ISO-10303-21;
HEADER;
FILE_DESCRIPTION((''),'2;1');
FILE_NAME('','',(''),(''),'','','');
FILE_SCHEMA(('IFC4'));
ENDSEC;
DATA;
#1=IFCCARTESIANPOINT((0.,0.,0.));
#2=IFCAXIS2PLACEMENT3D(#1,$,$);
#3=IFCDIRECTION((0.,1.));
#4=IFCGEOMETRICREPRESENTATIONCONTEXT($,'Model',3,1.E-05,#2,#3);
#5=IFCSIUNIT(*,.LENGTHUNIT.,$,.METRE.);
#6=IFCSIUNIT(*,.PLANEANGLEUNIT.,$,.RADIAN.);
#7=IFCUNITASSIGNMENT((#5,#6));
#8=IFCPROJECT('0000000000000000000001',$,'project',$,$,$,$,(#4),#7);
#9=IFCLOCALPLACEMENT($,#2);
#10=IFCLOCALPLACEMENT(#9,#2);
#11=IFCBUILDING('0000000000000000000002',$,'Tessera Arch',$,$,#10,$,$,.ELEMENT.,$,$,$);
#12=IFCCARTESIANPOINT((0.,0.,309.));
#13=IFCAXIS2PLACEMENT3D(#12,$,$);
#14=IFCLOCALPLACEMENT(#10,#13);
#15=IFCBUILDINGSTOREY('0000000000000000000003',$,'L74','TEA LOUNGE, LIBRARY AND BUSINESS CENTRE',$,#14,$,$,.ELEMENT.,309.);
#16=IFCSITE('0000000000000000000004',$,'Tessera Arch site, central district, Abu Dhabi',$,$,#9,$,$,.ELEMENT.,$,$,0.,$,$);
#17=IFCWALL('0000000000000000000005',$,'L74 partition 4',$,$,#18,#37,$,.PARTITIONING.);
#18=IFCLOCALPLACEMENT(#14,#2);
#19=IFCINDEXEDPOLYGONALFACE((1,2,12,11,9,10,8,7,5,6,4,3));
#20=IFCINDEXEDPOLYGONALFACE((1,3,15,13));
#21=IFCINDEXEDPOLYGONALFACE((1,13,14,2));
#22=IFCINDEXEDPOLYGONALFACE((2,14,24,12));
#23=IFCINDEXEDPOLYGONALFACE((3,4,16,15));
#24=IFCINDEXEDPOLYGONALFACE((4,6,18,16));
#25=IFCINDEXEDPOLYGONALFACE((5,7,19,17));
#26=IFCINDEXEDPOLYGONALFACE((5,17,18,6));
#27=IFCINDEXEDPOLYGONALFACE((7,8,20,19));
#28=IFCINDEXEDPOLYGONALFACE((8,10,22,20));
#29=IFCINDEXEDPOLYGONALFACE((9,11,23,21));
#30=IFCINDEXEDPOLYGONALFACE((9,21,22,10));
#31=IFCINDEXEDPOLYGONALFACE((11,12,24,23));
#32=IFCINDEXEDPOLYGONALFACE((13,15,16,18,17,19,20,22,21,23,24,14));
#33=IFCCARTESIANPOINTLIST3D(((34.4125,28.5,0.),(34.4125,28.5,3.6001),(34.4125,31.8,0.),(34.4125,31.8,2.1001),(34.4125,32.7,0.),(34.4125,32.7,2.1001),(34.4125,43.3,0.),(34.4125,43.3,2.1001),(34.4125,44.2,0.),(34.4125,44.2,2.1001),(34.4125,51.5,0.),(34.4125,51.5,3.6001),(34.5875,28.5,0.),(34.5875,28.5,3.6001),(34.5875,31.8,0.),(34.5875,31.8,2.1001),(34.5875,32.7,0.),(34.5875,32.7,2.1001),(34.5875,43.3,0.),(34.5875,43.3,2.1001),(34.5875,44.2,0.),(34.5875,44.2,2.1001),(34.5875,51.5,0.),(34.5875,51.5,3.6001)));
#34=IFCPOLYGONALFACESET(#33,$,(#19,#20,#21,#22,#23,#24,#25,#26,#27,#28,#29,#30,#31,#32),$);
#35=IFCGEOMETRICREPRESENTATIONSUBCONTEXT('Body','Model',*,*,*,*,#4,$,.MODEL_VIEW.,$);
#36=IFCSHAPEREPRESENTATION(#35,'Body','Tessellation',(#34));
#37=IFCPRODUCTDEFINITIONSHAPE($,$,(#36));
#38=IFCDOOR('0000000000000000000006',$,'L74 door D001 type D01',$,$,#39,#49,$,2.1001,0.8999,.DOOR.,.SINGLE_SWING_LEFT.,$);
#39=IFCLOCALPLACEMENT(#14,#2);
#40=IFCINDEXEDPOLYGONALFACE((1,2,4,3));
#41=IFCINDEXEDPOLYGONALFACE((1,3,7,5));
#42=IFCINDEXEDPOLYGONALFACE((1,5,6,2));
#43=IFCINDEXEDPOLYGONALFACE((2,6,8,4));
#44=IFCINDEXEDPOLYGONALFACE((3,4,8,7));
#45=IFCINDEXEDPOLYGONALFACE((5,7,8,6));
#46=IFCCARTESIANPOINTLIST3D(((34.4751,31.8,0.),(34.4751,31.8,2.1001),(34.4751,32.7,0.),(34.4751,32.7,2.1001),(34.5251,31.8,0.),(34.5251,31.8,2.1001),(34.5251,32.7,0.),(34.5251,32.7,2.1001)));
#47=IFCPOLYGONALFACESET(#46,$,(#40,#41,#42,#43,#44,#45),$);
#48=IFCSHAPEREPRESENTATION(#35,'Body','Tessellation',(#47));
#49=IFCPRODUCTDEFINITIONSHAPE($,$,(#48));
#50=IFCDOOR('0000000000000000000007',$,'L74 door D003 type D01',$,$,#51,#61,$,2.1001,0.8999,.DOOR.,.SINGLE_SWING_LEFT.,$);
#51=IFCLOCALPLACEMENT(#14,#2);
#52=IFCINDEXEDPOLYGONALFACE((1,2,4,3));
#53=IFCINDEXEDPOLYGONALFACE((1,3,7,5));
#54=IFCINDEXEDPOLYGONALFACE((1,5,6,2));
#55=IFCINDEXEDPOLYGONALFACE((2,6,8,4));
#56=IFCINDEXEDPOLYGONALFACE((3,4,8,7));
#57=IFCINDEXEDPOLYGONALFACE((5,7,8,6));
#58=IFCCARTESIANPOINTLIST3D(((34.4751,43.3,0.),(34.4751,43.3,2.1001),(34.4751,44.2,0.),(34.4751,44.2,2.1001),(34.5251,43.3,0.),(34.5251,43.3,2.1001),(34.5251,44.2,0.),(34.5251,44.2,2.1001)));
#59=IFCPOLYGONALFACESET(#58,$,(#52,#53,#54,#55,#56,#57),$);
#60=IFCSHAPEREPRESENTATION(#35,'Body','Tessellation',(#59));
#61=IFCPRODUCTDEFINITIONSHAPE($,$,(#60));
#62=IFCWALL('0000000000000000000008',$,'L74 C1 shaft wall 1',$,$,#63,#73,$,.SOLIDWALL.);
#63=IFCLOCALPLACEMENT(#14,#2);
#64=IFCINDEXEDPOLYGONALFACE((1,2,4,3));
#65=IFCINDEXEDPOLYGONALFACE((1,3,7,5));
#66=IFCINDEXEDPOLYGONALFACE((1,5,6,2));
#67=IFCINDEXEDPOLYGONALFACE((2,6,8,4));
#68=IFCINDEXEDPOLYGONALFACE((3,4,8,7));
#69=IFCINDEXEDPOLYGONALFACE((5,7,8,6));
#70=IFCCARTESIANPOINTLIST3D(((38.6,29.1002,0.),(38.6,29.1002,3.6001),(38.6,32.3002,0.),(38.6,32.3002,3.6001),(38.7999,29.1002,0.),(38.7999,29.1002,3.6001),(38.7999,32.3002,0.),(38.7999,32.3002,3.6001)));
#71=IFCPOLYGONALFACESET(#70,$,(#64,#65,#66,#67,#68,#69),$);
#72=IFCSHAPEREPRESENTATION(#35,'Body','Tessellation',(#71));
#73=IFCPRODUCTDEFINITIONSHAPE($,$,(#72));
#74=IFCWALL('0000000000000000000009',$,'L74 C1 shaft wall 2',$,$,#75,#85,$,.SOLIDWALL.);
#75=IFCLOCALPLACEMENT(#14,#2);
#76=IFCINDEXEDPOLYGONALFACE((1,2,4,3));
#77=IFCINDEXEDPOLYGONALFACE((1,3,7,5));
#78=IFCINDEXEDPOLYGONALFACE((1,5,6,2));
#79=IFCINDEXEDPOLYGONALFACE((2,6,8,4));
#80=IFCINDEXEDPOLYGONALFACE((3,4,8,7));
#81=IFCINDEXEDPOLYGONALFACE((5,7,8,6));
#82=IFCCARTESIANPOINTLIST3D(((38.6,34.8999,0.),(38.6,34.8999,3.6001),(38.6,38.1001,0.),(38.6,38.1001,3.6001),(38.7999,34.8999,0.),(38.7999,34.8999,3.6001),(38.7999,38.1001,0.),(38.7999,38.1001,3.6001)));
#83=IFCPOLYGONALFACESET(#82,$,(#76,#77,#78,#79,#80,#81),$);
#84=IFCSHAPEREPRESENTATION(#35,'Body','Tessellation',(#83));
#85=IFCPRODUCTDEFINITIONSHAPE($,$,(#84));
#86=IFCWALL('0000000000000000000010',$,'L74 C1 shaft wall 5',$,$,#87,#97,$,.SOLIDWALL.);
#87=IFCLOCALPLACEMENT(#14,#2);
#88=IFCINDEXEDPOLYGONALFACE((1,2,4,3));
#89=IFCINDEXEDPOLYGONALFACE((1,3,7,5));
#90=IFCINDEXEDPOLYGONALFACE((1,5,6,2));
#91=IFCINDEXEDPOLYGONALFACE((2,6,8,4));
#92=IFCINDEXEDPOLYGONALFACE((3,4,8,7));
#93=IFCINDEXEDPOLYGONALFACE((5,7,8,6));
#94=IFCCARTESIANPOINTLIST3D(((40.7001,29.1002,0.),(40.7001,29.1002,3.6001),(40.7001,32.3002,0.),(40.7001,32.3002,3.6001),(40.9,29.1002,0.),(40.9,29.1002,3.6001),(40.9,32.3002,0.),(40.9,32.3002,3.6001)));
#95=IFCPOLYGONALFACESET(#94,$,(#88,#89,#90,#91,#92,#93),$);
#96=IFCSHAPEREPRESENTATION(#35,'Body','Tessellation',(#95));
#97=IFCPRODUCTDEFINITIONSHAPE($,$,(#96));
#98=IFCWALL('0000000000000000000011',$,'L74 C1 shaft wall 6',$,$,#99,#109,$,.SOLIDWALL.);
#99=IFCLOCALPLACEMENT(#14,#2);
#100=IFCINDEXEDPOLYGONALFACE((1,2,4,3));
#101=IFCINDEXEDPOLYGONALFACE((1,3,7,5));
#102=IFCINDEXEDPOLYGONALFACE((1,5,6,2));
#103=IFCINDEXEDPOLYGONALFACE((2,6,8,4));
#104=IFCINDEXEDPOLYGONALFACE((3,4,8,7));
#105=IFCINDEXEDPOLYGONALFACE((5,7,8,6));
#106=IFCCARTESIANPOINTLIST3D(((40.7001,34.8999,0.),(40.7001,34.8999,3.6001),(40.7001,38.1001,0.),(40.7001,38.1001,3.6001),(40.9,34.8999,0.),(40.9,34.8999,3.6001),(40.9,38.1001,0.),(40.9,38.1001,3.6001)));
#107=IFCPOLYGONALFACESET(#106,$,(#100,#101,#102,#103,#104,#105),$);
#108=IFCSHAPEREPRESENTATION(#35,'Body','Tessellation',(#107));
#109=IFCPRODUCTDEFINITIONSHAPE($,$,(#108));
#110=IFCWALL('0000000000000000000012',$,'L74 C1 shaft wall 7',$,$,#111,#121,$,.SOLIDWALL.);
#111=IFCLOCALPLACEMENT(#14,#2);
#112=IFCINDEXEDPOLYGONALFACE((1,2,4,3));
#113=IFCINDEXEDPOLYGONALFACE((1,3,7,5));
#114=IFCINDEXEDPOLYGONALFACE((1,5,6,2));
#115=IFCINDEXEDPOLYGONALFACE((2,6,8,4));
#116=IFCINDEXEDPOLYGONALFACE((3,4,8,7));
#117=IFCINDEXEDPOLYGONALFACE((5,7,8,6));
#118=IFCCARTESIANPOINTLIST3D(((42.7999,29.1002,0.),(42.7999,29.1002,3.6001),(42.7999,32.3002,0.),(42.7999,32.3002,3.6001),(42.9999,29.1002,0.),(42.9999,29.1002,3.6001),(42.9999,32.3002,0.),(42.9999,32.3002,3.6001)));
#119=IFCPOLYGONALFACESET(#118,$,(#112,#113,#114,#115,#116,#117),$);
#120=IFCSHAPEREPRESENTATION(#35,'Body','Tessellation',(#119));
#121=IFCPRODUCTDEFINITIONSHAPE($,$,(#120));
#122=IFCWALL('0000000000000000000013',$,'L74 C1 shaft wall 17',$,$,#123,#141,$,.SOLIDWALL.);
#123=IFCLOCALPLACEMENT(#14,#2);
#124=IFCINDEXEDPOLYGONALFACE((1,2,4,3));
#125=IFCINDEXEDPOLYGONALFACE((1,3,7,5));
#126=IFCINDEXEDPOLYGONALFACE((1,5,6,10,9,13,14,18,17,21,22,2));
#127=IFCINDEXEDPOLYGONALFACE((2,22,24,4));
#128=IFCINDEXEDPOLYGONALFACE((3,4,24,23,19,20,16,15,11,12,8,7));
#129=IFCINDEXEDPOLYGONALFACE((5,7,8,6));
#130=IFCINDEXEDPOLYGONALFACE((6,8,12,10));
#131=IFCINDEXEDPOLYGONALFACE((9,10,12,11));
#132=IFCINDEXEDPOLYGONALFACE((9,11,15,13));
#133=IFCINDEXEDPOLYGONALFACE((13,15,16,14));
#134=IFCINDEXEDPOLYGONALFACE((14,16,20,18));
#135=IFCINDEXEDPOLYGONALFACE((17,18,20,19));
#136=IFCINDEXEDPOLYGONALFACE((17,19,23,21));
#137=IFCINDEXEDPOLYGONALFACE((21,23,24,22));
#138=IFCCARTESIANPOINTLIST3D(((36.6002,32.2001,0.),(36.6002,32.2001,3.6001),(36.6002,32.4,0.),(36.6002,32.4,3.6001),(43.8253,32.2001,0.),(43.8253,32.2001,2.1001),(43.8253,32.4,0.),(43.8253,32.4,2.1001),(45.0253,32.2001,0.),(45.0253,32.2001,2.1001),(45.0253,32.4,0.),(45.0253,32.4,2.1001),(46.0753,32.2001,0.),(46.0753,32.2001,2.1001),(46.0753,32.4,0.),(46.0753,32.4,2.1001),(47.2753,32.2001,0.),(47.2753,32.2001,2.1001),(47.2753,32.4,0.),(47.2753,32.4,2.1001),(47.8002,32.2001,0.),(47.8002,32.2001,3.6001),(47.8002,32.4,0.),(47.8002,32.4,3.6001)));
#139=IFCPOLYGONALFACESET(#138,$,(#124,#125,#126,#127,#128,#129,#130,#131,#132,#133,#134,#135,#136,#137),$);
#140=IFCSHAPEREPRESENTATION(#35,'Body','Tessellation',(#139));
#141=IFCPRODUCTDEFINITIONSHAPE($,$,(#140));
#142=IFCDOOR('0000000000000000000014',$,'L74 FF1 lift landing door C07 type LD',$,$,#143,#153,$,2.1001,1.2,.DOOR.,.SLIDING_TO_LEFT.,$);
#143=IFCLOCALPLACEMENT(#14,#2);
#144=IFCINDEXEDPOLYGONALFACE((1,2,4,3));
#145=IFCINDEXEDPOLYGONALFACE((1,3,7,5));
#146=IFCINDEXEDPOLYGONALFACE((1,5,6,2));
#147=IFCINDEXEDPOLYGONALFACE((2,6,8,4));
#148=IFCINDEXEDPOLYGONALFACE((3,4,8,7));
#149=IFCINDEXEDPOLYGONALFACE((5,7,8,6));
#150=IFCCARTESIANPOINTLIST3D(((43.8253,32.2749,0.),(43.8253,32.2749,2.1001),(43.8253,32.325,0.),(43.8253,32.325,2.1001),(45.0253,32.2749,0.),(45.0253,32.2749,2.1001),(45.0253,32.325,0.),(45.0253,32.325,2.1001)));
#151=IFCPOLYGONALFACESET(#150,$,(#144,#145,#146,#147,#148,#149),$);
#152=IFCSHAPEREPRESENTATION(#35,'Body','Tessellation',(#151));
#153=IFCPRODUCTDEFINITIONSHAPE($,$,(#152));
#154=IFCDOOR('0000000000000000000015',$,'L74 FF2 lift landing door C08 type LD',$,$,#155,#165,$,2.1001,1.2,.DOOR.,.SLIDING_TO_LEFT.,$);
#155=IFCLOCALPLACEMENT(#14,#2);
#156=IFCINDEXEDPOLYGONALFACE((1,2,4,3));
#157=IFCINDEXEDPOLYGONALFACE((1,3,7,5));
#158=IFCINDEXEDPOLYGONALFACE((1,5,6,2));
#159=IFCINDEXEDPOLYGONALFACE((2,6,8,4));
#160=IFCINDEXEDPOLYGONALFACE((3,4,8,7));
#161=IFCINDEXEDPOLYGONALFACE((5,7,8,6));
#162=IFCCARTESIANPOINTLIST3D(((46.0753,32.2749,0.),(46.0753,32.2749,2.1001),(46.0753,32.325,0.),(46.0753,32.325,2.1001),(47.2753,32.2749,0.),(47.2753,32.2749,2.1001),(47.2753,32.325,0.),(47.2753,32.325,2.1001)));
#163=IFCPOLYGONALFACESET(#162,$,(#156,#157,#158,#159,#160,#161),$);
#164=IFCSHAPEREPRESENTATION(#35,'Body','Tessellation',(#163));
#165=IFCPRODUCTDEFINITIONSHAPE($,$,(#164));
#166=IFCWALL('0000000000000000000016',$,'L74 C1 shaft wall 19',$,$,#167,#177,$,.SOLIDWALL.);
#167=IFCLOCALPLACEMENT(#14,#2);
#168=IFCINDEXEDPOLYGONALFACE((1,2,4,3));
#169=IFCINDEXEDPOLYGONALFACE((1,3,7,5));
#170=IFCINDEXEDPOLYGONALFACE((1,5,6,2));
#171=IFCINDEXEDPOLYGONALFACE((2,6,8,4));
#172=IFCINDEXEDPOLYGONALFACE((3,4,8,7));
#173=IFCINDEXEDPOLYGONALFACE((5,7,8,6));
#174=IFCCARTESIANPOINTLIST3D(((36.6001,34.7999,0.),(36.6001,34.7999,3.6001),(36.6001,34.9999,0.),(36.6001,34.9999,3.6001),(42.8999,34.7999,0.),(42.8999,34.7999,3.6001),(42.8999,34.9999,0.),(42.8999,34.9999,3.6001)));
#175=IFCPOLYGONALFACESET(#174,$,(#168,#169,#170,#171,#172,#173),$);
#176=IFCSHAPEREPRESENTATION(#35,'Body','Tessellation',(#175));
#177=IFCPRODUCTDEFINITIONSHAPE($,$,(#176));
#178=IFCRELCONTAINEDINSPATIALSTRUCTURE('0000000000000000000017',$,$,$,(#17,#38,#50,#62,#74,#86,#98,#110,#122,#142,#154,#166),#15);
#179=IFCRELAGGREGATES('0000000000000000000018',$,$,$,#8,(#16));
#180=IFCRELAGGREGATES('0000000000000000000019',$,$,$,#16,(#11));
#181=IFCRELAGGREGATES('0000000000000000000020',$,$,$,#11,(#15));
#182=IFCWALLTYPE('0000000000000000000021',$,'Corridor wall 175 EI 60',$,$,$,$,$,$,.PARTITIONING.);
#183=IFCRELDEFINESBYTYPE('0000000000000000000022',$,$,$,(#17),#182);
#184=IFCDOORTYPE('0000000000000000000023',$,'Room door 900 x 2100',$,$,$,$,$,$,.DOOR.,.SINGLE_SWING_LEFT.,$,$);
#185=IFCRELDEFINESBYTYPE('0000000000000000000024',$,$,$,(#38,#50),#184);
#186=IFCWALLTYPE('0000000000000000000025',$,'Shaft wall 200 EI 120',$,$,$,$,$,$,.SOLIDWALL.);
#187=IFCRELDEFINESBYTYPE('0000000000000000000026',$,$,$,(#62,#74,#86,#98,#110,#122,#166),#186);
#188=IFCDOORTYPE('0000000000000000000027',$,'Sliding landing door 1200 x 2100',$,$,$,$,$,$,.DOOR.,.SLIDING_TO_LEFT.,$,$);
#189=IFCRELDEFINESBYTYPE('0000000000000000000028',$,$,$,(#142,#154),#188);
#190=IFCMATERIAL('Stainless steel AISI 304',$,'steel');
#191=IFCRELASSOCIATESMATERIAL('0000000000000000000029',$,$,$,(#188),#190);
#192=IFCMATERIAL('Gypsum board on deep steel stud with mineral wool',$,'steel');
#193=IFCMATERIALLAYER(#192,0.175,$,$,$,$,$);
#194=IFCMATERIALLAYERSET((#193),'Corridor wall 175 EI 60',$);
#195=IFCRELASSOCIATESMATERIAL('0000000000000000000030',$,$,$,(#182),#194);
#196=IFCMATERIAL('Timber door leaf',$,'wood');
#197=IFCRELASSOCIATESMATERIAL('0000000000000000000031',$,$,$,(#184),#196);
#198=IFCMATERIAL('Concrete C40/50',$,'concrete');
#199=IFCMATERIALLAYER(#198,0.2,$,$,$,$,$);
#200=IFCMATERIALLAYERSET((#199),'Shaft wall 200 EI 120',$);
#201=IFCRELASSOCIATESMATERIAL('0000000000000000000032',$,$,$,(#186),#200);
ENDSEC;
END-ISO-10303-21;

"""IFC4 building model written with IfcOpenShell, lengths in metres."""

from ifc_helpers import new_model, si_unit, direction, frame, frame_2d, origin, place, context, subcontext, project, spatial, rectangle, extrude, material, layer, layer_set, type_object, element, fill, save


model = new_model("IFC4")

# Units and contexts
model_context = context("Model", 3, precision=1e-05, world=origin(), true_north=direction((0.0, 1.0)))
body_context = subcontext(model_context, "Body", "Model", "MODEL_VIEW")
ifc_project = project(units=[si_unit("LENGTHUNIT", "METRE"), si_unit("PLANEANGLEUNIT", "RADIAN")], contexts=[model_context])

# Site, building, storey
site_placement = place(None, origin())
site = spatial("IfcSite", under=ifc_project, at=site_placement, Name="Tessera Arch site, central district, Abu Dhabi", CompositionType="ELEMENT", RefElevation=0.0)
building_placement = place(site_placement, origin())
building = spatial("IfcBuilding", under=site, at=building_placement, Name="Tessera Arch", CompositionType="ELEMENT")
storey_placement = place(building_placement, frame((0.0, 0.0, 309.0)))
storey = spatial("IfcBuildingStorey", under=building, at=storey_placement, Name="L74", Description="TEA LOUNGE, LIBRARY AND BUSINESS CENTRE", CompositionType="ELEMENT", Elevation=309.0)

# Shared definitions
ifc_material_1 = material(Name="Stainless steel AISI 304", Category="steel")
door_type_1 = type_object("IfcDoorType", Name="Sliding landing door 1200 x 2100", OperationType="SLIDING_TO_LEFT", PredefinedType="DOOR", material=ifc_material_1)

# Shared definitions
ifc_material_2 = material(Name="Gypsum board on deep steel stud with mineral wool", Category="steel")
ifc_layer_1 = layer(ifc_material_2, 0.175)
ifc_layer_set_1 = layer_set([ifc_layer_1], Name="Corridor wall 175 EI 60")
wall_type_1 = type_object("IfcWallType", Name="Corridor wall 175 EI 60", PredefinedType="PARTITIONING", material=ifc_layer_set_1)

# Wall, openings, doors
wall_1_placement = place(storey_placement, frame((34.5, 28.5, 0.0), z_axis=(0.0, 0.0, 1.0), x_axis=(0.0, 1.0, 0.0)))
wall_1 = element("IfcWall", 1, at=wall_1_placement, inside=storey, type_object=wall_type_1, Name="L74 partition 4", PredefinedType="PARTITIONING", context=body_context, shape_type="SweptSolid", body=[
    extrude(rectangle(XDim=23.0, YDim=0.175, at=frame_2d((11.5, 0.0))), origin(), (0.0, 0.0, 1.0), 3.6001),
])
opening_1_placement = place(wall_1_placement, frame((3.3, 0.0, 0.0)))
opening_1 = element("IfcOpeningElement", 2, at=opening_1_placement, cuts=wall_1, PredefinedType="OPENING", context=body_context, shape_type="SweptSolid", body=[
    extrude(rectangle(XDim=0.8999, YDim=2.1001, at=frame_2d((0.45, 1.05))), frame((0.0, 0.0974, 0.0), z_axis=(0.0, -1.0, 0.0), x_axis=(1.0, 0.0, 0.0)), (0.0, 0.0, 1.0), 0.1951),
])
opening_2_placement = place(wall_1_placement, frame((14.8, 0.0, 0.0)))
opening_2 = element("IfcOpeningElement", 3, at=opening_2_placement, cuts=wall_1, PredefinedType="OPENING", context=body_context, shape_type="SweptSolid", body=[
    extrude(rectangle(XDim=0.8999, YDim=2.1001, at=frame_2d((0.45, 1.05))), frame((0.0, 0.0974, 0.0), z_axis=(0.0, -1.0, 0.0), x_axis=(1.0, 0.0, 0.0)), (0.0, 0.0, 1.0), 0.1951),
])
ifc_material_3 = material(Name="Timber door leaf", Category="wood")
door_type_2 = type_object("IfcDoorType", Name="Room door 900 x 2100", OperationType="SINGLE_SWING_LEFT", PredefinedType="DOOR", material=ifc_material_3)
door_1_placement = place(opening_1_placement, origin())
door_1 = element("IfcDoor", 4, at=door_1_placement, inside=storey, type_object=door_type_2, Name="L74 door D001 type D01", OperationType="SINGLE_SWING_LEFT", OverallHeight=2.1001, OverallWidth=0.8999, PredefinedType="DOOR", context=body_context, shape_type="SweptSolid", body=[
    extrude(rectangle(XDim=0.8999, YDim=2.1001, at=frame_2d((0.45, 1.05))), frame((0.0, 0.0249, 0.0), z_axis=(0.0, -1.0, 0.0), x_axis=(1.0, 0.0, 0.0)), (0.0, 0.0, 1.0), 0.05),
])
fill(opening_1, door_1)
door_2_placement = place(opening_2_placement, origin())
door_2 = element("IfcDoor", 5, at=door_2_placement, inside=storey, type_object=door_type_2, Name="L74 door D003 type D01", OperationType="SINGLE_SWING_LEFT", OverallHeight=2.1001, OverallWidth=0.8999, PredefinedType="DOOR", context=body_context, shape_type="SweptSolid", body=[
    extrude(rectangle(XDim=0.8999, YDim=2.1001, at=frame_2d((0.45, 1.05))), frame((0.0, 0.0249, 0.0), z_axis=(0.0, -1.0, 0.0), x_axis=(1.0, 0.0, 0.0)), (0.0, 0.0, 1.0), 0.05),
])
fill(opening_2, door_2)

# Walls
ifc_material_4 = material(Name="Concrete C40/50", Category="concrete")
ifc_layer_2 = layer(ifc_material_4, 0.2)
ifc_layer_set_2 = layer_set([ifc_layer_2], Name="Shaft wall 200 EI 120")
wall_type_2 = type_object("IfcWallType", Name="Shaft wall 200 EI 120", PredefinedType="SOLIDWALL", material=ifc_layer_set_2)
wall_2_placement = place(storey_placement, frame((38.7, 29.1001, 0.0), z_axis=(0.0, 0.0, 1.0), x_axis=(0.0, 1.0, 0.0)))
element("IfcWall", 6, at=wall_2_placement, inside=storey, type_object=wall_type_2, Name="L74 C1 shaft wall 1", PredefinedType="SOLIDWALL", context=body_context, shape_type="SweptSolid", body=[
    extrude(rectangle(XDim=3.2, YDim=0.2, at=frame_2d((1.6001, 0.0))), origin(), (0.0, 0.0, 1.0), 3.6001),
])
wall_3_placement = place(storey_placement, frame((38.7, 34.8999, 0.0), z_axis=(0.0, 0.0, 1.0), x_axis=(0.0, 1.0, 0.0)))
element("IfcWall", 7, at=wall_3_placement, inside=storey, type_object=wall_type_2, Name="L74 C1 shaft wall 2", PredefinedType="SOLIDWALL", context=body_context, shape_type="SweptSolid", body=[
    extrude(rectangle(XDim=3.2002, YDim=0.2, at=frame_2d((1.6001, 0.0))), origin(), (0.0, 0.0, 1.0), 3.6001),
])
wall_4_placement = place(storey_placement, frame((40.8, 29.1001, 0.0), z_axis=(0.0, 0.0, 1.0), x_axis=(0.0, 1.0, 0.0)))
element("IfcWall", 8, at=wall_4_placement, inside=storey, type_object=wall_type_2, Name="L74 C1 shaft wall 5", PredefinedType="SOLIDWALL", context=body_context, shape_type="SweptSolid", body=[
    extrude(rectangle(XDim=3.2, YDim=0.2, at=frame_2d((1.6001, 0.0))), origin(), (0.0, 0.0, 1.0), 3.6001),
])
wall_5_placement = place(storey_placement, frame((40.8, 34.8999, 0.0), z_axis=(0.0, 0.0, 1.0), x_axis=(0.0, 1.0, 0.0)))
element("IfcWall", 9, at=wall_5_placement, inside=storey, type_object=wall_type_2, Name="L74 C1 shaft wall 6", PredefinedType="SOLIDWALL", context=body_context, shape_type="SweptSolid", body=[
    extrude(rectangle(XDim=3.2002, YDim=0.2, at=frame_2d((1.6001, 0.0))), origin(), (0.0, 0.0, 1.0), 3.6001),
])
wall_6_placement = place(storey_placement, frame((42.8999, 29.1001, 0.0), z_axis=(0.0, 0.0, 1.0), x_axis=(0.0, 1.0, 0.0)))
element("IfcWall", 10, at=wall_6_placement, inside=storey, type_object=wall_type_2, Name="L74 C1 shaft wall 7", PredefinedType="SOLIDWALL", context=body_context, shape_type="SweptSolid", body=[
    extrude(rectangle(XDim=3.2, YDim=0.2, at=frame_2d((1.6001, 0.0))), origin(), (0.0, 0.0, 1.0), 3.6001),
])

# Wall, openings, doors
wall_7_placement = place(storey_placement, frame((36.6001, 32.3, 0.0), z_axis=(0.0, 0.0, 1.0), x_axis=(1.0, 0.0, 0.0)))
wall_7 = element("IfcWall", 11, at=wall_7_placement, inside=storey, type_object=wall_type_2, Name="L74 C1 shaft wall 17", PredefinedType="SOLIDWALL", context=body_context, shape_type="SweptSolid", body=[
    extrude(rectangle(XDim=11.2, YDim=0.2, at=frame_2d((5.6001, 0.0))), origin(), (0.0, 0.0, 1.0), 3.6001),
])
opening_3_placement = place(wall_7_placement, frame((7.2251, 0.0, 0.0)))
opening_3 = element("IfcOpeningElement", 12, at=opening_3_placement, cuts=wall_7, PredefinedType="OPENING", context=body_context, shape_type="SweptSolid", body=[
    extrude(rectangle(XDim=1.2, YDim=2.1001, at=frame_2d((0.6001, 1.05))), frame((0.0, 0.1099, 0.0), z_axis=(0.0, -1.0, 0.0), x_axis=(1.0, 0.0, 0.0)), (0.0, 0.0, 1.0), 0.22),
])
opening_4_placement = place(wall_7_placement, frame((9.4751, 0.0, 0.0)))
opening_4 = element("IfcOpeningElement", 13, at=opening_4_placement, cuts=wall_7, PredefinedType="OPENING", context=body_context, shape_type="SweptSolid", body=[
    extrude(rectangle(XDim=1.2, YDim=2.1001, at=frame_2d((0.6001, 1.05))), frame((0.0, 0.1099, 0.0), z_axis=(0.0, -1.0, 0.0), x_axis=(1.0, 0.0, 0.0)), (0.0, 0.0, 1.0), 0.22),
])
door_3_placement = place(opening_3_placement, origin())
door_3 = element("IfcDoor", 14, at=door_3_placement, inside=storey, type_object=door_type_1, Name="L74 FF1 lift landing door C07 type LD", OperationType="SLIDING_TO_LEFT", OverallHeight=2.1001, OverallWidth=1.2, PredefinedType="DOOR", context=body_context, shape_type="SweptSolid", body=[
    extrude(rectangle(XDim=1.2, YDim=2.1001, at=frame_2d((0.6001, 1.05))), frame((0.0, 0.0249, 0.0), z_axis=(0.0, -1.0, 0.0), x_axis=(1.0, 0.0, 0.0)), (0.0, 0.0, 1.0), 0.05),
])
fill(opening_3, door_3)
door_4_placement = place(opening_4_placement, origin())
door_4 = element("IfcDoor", 15, at=door_4_placement, inside=storey, type_object=door_type_1, Name="L74 FF2 lift landing door C08 type LD", OperationType="SLIDING_TO_LEFT", OverallHeight=2.1001, OverallWidth=1.2, PredefinedType="DOOR", context=body_context, shape_type="SweptSolid", body=[
    extrude(rectangle(XDim=1.2, YDim=2.1001, at=frame_2d((0.6001, 1.05))), frame((0.0, 0.0249, 0.0), z_axis=(0.0, -1.0, 0.0), x_axis=(1.0, 0.0, 0.0)), (0.0, 0.0, 1.0), 0.05),
])
fill(opening_4, door_4)

# Wall
wall_8_placement = place(storey_placement, frame((36.6001, 34.8999, 0.0), z_axis=(0.0, 0.0, 1.0), x_axis=(1.0, 0.0, 0.0)))
element("IfcWall", 16, at=wall_8_placement, inside=storey, type_object=wall_type_2, Name="L74 C1 shaft wall 19", PredefinedType="SOLIDWALL", context=body_context, shape_type="SweptSolid", body=[
    extrude(rectangle(XDim=6.2998, YDim=0.2, at=frame_2d((3.1499, 0.0))), origin(), (0.0, 0.0, 1.0), 3.6001),
])

save(model, "model.ifc")
